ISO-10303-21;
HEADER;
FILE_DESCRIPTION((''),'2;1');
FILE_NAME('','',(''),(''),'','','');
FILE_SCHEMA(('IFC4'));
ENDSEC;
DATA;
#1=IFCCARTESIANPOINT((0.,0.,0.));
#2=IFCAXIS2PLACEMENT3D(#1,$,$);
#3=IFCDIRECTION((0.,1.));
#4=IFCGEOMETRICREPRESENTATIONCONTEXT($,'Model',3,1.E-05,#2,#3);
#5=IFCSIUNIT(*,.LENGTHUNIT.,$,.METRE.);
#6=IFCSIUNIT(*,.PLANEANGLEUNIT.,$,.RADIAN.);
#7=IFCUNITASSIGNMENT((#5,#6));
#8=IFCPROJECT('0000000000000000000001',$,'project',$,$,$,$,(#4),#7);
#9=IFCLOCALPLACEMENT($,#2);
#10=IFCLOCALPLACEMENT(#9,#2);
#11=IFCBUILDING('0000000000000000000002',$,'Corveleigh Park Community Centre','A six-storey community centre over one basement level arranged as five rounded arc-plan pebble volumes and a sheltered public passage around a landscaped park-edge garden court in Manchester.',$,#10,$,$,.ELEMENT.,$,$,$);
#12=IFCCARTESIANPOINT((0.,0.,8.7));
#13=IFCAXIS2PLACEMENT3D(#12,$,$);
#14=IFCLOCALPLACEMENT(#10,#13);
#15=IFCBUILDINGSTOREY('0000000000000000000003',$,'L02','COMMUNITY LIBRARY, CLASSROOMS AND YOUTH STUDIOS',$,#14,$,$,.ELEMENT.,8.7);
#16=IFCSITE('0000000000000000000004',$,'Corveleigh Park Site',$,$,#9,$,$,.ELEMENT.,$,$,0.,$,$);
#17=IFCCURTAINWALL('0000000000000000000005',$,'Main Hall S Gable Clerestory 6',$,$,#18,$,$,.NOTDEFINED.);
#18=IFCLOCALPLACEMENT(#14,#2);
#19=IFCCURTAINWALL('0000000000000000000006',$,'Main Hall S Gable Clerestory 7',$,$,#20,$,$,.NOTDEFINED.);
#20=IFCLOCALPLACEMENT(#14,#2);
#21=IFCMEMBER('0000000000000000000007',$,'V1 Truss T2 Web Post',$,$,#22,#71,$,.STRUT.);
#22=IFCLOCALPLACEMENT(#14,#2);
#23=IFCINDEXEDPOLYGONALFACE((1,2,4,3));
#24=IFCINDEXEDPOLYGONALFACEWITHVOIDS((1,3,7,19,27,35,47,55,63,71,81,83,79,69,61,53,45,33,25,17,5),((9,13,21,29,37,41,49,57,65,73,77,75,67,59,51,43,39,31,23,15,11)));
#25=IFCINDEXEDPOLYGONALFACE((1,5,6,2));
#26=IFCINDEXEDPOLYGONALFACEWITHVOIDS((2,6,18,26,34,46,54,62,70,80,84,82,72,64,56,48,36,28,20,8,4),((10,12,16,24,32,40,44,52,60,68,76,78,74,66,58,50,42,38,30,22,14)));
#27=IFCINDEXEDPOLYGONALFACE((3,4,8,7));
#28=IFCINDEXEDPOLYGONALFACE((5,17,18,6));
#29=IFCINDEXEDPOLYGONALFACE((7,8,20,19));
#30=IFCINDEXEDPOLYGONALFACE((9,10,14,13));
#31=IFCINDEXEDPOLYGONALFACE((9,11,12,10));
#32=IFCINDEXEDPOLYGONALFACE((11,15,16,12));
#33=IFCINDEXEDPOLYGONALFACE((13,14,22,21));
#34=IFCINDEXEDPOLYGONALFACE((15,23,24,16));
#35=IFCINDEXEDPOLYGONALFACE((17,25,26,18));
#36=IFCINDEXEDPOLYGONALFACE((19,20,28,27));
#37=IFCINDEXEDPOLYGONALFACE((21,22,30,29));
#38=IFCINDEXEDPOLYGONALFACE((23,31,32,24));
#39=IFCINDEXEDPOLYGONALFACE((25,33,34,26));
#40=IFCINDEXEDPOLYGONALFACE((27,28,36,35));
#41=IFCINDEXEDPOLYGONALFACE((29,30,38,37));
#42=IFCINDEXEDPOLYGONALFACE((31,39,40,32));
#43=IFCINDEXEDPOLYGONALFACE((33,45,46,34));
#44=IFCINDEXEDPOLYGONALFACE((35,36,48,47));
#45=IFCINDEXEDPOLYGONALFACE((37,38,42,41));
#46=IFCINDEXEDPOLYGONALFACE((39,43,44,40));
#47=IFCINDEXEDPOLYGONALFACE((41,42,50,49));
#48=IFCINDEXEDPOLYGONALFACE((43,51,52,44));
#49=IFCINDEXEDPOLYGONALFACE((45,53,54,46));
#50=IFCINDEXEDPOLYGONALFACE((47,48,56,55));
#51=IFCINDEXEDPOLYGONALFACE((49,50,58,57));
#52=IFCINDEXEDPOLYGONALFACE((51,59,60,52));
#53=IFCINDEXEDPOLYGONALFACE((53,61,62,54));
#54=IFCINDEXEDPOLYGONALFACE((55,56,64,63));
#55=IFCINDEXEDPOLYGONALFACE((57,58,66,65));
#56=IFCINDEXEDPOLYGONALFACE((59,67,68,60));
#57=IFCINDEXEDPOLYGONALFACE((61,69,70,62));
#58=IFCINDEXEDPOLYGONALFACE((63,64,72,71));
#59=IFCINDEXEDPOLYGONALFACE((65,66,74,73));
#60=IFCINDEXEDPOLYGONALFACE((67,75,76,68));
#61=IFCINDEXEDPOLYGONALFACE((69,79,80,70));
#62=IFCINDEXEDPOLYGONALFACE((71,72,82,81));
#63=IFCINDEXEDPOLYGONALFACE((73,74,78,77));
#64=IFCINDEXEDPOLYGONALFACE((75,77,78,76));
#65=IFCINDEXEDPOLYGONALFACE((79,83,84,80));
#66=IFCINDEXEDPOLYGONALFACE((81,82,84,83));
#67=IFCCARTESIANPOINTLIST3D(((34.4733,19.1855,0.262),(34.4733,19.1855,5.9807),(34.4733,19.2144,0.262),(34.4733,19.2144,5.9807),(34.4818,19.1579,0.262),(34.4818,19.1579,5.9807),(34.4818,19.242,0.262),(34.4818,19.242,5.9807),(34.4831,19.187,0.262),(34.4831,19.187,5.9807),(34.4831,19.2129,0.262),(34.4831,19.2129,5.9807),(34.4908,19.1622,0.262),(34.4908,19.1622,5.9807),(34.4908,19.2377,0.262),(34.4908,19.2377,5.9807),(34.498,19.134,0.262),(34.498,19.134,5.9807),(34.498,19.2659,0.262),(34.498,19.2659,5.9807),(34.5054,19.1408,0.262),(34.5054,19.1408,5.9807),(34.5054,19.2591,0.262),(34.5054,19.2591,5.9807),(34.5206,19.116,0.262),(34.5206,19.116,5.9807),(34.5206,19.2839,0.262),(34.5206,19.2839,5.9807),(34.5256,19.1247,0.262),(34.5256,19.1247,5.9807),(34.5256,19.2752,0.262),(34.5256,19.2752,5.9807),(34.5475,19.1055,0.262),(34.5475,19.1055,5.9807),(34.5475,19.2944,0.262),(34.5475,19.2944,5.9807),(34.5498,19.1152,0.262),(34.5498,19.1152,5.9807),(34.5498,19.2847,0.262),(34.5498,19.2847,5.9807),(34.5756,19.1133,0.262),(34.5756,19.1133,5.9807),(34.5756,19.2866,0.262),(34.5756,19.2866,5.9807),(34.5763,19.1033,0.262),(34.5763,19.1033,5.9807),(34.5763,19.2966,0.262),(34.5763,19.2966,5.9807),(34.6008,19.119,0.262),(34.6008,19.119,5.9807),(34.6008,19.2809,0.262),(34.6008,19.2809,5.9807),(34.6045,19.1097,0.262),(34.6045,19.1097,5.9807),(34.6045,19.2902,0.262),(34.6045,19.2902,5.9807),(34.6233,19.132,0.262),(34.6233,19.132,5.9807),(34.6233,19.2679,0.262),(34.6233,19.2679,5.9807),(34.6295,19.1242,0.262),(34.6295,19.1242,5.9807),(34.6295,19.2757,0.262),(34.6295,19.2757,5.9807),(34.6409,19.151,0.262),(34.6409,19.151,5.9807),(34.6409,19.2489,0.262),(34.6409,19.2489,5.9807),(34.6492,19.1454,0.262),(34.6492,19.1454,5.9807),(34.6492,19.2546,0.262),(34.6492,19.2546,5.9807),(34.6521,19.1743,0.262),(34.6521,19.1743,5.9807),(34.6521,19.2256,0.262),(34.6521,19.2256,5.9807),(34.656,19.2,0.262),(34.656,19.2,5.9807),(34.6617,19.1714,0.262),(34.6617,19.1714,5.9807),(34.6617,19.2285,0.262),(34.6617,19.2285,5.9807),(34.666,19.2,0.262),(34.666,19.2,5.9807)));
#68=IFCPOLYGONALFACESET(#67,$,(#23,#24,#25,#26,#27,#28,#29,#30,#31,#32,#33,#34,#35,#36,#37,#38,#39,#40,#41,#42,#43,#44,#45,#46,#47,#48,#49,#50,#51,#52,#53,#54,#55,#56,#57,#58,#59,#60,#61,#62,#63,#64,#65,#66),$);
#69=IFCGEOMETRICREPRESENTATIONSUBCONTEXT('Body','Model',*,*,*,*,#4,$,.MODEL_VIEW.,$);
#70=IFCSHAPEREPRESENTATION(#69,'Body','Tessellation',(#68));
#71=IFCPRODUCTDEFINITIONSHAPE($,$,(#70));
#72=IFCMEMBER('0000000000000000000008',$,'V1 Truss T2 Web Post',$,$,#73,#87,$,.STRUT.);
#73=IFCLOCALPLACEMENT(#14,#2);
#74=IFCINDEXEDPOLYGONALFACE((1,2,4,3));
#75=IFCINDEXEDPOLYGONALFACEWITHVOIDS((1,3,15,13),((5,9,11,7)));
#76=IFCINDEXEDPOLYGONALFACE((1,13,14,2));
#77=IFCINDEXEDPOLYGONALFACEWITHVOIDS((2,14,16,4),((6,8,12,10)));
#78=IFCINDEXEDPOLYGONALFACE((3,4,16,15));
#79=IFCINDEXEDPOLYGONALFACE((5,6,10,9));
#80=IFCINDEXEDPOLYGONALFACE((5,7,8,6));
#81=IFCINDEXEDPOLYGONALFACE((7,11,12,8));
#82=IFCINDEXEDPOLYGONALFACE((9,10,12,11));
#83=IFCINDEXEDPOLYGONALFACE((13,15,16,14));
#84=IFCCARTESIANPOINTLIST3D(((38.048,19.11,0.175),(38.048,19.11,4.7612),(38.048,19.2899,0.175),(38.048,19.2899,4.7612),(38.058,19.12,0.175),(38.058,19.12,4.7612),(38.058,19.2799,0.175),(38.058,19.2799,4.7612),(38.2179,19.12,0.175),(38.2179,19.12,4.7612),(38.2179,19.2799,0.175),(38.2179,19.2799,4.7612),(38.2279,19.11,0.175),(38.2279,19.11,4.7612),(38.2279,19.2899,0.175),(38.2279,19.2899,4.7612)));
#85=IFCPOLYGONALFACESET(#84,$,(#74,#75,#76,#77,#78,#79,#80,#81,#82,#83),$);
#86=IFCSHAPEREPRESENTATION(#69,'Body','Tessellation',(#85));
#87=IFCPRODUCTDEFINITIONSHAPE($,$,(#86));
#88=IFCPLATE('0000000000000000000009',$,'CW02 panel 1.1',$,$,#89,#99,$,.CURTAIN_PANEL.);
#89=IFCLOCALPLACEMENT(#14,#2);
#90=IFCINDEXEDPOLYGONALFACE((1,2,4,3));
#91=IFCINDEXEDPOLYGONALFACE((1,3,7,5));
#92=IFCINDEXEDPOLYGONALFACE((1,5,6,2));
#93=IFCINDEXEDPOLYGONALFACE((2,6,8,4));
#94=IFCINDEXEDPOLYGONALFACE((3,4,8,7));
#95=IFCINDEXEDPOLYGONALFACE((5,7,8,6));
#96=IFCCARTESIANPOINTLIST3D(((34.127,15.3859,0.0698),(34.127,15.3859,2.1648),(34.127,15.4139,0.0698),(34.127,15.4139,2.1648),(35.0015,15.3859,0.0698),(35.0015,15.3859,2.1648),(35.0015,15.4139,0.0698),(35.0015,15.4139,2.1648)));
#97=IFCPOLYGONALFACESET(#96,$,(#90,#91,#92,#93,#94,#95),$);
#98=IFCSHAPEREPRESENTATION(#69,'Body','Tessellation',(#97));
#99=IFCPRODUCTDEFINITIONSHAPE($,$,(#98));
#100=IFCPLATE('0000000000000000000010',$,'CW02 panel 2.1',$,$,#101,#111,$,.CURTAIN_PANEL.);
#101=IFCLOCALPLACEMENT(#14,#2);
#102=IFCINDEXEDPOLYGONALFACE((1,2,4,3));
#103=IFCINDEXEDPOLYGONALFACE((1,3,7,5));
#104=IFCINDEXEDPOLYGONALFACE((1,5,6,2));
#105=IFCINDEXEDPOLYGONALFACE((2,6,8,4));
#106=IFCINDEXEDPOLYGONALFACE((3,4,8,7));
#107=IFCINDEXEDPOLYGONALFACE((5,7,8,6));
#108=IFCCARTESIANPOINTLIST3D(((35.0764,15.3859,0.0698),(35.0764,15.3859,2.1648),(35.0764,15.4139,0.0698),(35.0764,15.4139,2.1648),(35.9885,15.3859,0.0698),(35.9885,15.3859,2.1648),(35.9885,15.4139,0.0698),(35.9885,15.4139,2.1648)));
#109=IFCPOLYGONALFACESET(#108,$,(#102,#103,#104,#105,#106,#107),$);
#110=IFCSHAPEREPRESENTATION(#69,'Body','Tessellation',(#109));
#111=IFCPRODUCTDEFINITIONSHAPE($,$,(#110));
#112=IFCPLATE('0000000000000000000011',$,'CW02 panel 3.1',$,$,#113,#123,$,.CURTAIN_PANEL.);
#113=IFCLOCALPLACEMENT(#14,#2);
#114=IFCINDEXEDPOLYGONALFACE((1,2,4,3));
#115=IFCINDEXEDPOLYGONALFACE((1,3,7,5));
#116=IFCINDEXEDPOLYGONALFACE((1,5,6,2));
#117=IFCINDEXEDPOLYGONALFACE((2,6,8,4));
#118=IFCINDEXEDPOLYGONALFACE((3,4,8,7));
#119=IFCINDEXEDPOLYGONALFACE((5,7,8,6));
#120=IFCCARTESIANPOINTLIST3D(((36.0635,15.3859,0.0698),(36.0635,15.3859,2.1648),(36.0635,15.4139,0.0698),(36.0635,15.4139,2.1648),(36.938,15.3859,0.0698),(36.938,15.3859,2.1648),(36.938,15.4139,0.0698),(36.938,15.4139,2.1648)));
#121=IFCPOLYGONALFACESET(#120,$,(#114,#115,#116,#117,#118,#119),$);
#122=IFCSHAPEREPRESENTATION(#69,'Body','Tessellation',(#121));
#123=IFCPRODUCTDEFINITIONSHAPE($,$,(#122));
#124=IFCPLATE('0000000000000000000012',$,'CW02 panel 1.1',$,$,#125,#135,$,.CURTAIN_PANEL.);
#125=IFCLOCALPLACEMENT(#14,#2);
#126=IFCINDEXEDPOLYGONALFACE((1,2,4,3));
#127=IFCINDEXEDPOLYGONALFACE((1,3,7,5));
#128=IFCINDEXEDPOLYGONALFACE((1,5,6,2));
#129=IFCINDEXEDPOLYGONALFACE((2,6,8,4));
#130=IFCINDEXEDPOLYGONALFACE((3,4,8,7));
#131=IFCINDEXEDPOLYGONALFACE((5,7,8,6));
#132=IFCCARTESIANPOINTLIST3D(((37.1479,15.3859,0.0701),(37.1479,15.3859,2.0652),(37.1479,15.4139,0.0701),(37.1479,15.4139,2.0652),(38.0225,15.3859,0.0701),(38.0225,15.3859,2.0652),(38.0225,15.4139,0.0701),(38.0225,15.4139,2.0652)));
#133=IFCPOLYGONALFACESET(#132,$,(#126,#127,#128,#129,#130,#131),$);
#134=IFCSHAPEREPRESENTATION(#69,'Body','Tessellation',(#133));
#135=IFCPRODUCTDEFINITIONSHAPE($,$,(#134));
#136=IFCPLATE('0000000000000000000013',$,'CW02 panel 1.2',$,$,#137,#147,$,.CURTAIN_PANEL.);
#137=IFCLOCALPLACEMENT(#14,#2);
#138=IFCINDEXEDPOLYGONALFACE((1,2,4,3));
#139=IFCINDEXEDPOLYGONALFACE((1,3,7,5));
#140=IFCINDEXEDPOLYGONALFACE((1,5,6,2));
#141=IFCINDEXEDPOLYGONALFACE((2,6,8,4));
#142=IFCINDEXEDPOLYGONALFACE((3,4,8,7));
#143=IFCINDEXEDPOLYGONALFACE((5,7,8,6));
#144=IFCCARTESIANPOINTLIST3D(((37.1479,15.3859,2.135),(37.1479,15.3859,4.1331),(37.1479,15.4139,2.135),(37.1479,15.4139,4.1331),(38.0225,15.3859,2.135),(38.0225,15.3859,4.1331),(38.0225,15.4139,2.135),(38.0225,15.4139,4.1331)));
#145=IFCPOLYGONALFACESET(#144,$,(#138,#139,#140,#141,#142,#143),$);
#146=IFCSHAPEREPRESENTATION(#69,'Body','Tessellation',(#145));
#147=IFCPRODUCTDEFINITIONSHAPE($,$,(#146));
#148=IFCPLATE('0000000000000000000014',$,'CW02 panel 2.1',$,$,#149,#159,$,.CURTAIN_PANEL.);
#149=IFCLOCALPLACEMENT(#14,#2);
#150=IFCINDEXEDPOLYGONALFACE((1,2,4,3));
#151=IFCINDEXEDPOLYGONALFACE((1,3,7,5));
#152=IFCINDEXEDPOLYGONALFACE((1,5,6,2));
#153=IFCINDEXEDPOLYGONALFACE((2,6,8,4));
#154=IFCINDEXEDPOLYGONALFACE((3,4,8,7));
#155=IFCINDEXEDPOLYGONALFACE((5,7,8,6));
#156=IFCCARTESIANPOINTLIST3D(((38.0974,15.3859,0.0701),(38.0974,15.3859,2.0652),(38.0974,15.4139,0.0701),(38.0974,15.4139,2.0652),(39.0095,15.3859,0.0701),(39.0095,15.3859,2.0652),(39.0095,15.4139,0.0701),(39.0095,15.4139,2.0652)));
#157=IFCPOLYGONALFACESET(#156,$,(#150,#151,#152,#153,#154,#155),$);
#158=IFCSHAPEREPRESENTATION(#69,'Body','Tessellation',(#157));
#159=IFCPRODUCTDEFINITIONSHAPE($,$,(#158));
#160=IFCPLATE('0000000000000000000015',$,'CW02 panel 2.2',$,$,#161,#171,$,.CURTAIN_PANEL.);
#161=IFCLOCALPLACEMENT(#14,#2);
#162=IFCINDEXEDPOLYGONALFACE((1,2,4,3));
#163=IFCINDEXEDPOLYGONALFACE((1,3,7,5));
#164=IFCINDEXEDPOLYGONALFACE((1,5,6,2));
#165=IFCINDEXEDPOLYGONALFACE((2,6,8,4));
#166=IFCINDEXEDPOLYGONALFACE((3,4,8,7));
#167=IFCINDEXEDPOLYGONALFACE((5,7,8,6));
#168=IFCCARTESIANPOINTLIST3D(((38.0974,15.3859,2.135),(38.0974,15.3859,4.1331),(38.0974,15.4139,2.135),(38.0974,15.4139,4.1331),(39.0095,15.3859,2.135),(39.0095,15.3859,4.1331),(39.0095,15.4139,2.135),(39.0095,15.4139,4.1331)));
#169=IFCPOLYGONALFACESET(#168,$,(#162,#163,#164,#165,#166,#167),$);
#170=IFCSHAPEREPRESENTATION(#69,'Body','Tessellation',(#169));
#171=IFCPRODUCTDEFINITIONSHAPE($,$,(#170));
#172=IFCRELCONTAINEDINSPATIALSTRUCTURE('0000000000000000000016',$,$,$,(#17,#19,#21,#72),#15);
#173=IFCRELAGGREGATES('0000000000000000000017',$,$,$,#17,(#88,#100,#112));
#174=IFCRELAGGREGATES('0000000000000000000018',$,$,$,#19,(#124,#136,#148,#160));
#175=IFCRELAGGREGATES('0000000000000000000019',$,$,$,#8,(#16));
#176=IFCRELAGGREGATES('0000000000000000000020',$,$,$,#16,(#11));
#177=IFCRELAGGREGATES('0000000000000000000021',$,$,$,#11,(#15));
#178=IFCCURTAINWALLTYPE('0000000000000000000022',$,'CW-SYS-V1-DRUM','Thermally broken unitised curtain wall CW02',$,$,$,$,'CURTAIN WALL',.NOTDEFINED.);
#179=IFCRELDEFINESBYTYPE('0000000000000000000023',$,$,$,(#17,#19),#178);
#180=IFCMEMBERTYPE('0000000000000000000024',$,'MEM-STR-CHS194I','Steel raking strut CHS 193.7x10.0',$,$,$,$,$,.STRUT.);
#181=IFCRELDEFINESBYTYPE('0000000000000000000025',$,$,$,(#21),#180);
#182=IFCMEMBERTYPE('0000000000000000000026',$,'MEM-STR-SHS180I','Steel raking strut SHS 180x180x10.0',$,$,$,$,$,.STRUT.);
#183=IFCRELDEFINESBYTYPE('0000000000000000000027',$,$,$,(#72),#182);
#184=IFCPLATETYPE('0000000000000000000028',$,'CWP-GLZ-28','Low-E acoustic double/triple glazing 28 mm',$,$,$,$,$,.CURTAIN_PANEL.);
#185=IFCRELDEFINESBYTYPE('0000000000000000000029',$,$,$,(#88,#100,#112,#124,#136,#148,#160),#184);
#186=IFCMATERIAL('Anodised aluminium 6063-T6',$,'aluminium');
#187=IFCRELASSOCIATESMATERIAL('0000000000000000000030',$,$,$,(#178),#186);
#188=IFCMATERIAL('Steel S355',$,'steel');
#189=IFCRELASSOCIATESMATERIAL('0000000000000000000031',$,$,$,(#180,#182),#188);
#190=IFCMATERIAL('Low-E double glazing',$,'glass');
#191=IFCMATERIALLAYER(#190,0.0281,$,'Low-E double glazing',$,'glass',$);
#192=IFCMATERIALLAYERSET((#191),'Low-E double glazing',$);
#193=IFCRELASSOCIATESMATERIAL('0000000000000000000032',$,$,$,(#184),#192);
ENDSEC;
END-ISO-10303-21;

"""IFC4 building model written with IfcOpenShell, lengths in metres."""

from ifc_helpers import new_model, si_unit, direction, frame, origin, origin_2d, place, context, subcontext, project, spatial, rectangle, hollow_rectangle, hollow_circle, extrude, material, layer, layer_set, material_profile, profile_set, type_object, element, aggregate, save


model = new_model("IFC4")

# Units and contexts
model_context = context("Model", 3, precision=1e-05, world=origin(), true_north=direction((0.0, 1.0)))
body_context = subcontext(model_context, "Body", "Model", "MODEL_VIEW")
ifc_project = project(units=[si_unit("LENGTHUNIT", "METRE"), si_unit("PLANEANGLEUNIT", "RADIAN")], contexts=[model_context])

# Site, building, storey
site_placement = place(None, origin())
site = spatial("IfcSite", under=ifc_project, at=site_placement, Name="Corveleigh Park Site", CompositionType="ELEMENT", RefElevation=0.0)
building_placement = place(site_placement, origin())
building = spatial("IfcBuilding", under=site, at=building_placement, Name="Corveleigh Park Community Centre", Description="A six-storey community centre over one basement level arranged as five rounded arc-plan pebble volumes and a sheltered public passage around a landscaped park-edge garden court in Manchester.", CompositionType="ELEMENT")
storey_placement = place(building_placement, frame((0.0, 0.0, 8.7)))
storey = spatial("IfcBuildingStorey", under=building, at=storey_placement, Name="L02", Description="COMMUNITY LIBRARY, CLASSROOMS AND YOUTH STUDIOS", CompositionType="ELEMENT", Elevation=8.7)

# Curtain walls
ifc_material_1 = material(Name="Anodised aluminium 6063-T6", Category="aluminium")
curtain_wall_type = type_object("IfcCurtainWallType", Name="CW-SYS-V1-DRUM", Description="Thermally broken unitised curtain wall CW02", ElementType="CURTAIN WALL", PredefinedType="NOTDEFINED", material=ifc_material_1)
curtain_wall_1_placement = place(storey_placement, origin())
curtain_wall_1 = element("IfcCurtainWall", 1, at=curtain_wall_1_placement, inside=storey, type_object=curtain_wall_type, Name="Main Hall S Gable Clerestory 6", PredefinedType="NOTDEFINED")
curtain_wall_2_placement = place(storey_placement, origin())
curtain_wall_2 = element("IfcCurtainWall", 2, at=curtain_wall_2_placement, inside=storey, type_object=curtain_wall_type, Name="Main Hall S Gable Clerestory 7", PredefinedType="NOTDEFINED")

# Members
ifc_material_2 = material(Name="Steel S355", Category="steel")
ifc_material_profile_1 = material_profile(ifc_material_2, hollow_circle(Radius=0.0969, WallThickness=0.01, at=origin_2d()), Name="CHS 193.7x10.0", Category="steel")
ifc_profile_set_1 = profile_set([ifc_material_profile_1], Name="Steel S355")
member_type_1 = type_object("IfcMemberType", Name="MEM-STR-CHS194I", Description="Steel raking strut CHS 193.7x10.0", PredefinedType="STRUT", material=ifc_profile_set_1)
member_1_placement = place(storey_placement, frame((34.5691, 19.2, 0.262), z_axis=(0.0, 0.0, 1.0), x_axis=(1.0, 0.0, 0.0)))
element("IfcMember", 3, at=member_1_placement, inside=storey, type_object=member_type_1, Name="V1 Truss T2 Web Post", PredefinedType="STRUT", context=body_context, shape_type="SweptSolid", body=[
    extrude(hollow_circle(Radius=0.0969, WallThickness=0.01, at=origin_2d()), origin(), (0.0, 0.0, 1.0), 5.7188),
])
ifc_material_profile_2 = material_profile(ifc_material_2, hollow_rectangle(XDim=0.1799, YDim=0.1799, WallThickness=0.01, at=origin_2d()), Name="SHS 180x180x10.0", Category="steel")
ifc_profile_set_2 = profile_set([ifc_material_profile_2], Name="Steel S355")
member_type_2 = type_object("IfcMemberType", Name="MEM-STR-SHS180I", Description="Steel raking strut SHS 180x180x10.0", PredefinedType="STRUT", material=ifc_profile_set_2)
member_2_placement = place(storey_placement, frame((38.1379, 19.2, 0.175), z_axis=(0.0, 0.0, 1.0), x_axis=(1.0, 0.0, 0.0)))
element("IfcMember", 4, at=member_2_placement, inside=storey, type_object=member_type_2, Name="V1 Truss T2 Web Post", PredefinedType="STRUT", context=body_context, shape_type="SweptSolid", body=[
    extrude(hollow_rectangle(XDim=0.1799, YDim=0.1799, WallThickness=0.01, at=origin_2d()), origin(), (0.0, 0.0, 1.0), 4.5862),
])

# Plates
ifc_material_3 = material(Name="Low-E double glazing", Category="glass")
ifc_layer = layer(ifc_material_3, 0.0281, Name="Low-E double glazing", Category="glass")
ifc_layer_set = layer_set([ifc_layer], Name="Low-E double glazing")
plate_type = type_object("IfcPlateType", Name="CWP-GLZ-28", Description="Low-E acoustic double/triple glazing 28 mm", PredefinedType="CURTAIN_PANEL", material=ifc_layer_set)
plate_1_placement = place(storey_placement, frame((34.5642, 15.3999, 0.0698), z_axis=(0.0, 0.0, 1.0), x_axis=(1.0, 0.0, 0.0)))
plate_1 = element("IfcPlate", 5, at=plate_1_placement, type_object=plate_type, Name="CW02 panel 1.1", PredefinedType="CURTAIN_PANEL", context=body_context, shape_type="SweptSolid", body=[
    extrude(rectangle(XDim=0.8745, YDim=0.0281, at=origin_2d()), origin(), (0.0, 0.0, 1.0), 2.095),
])
plate_2_placement = place(storey_placement, frame((35.5325, 15.3999, 0.0698), z_axis=(0.0, 0.0, 1.0), x_axis=(1.0, 0.0, 0.0)))
plate_2 = element("IfcPlate", 6, at=plate_2_placement, type_object=plate_type, Name="CW02 panel 2.1", PredefinedType="CURTAIN_PANEL", context=body_context, shape_type="SweptSolid", body=[
    extrude(rectangle(XDim=0.9121, YDim=0.0281, at=origin_2d()), origin(), (0.0, 0.0, 1.0), 2.095),
])
plate_3_placement = place(storey_placement, frame((36.5007, 15.3999, 0.0698), z_axis=(0.0, 0.0, 1.0), x_axis=(1.0, 0.0, 0.0)))
plate_3 = element("IfcPlate", 7, at=plate_3_placement, type_object=plate_type, Name="CW02 panel 3.1", PredefinedType="CURTAIN_PANEL", context=body_context, shape_type="SweptSolid", body=[
    extrude(rectangle(XDim=0.8745, YDim=0.0281, at=origin_2d()), origin(), (0.0, 0.0, 1.0), 2.095),
])
aggregate(curtain_wall_1, [plate_1, plate_2, plate_3])
plate_4_placement = place(storey_placement, frame((37.5852, 15.3999, 0.0701), z_axis=(0.0, 0.0, 1.0), x_axis=(1.0, 0.0, 0.0)))
plate_4 = element("IfcPlate", 8, at=plate_4_placement, type_object=plate_type, Name="CW02 panel 1.1", PredefinedType="CURTAIN_PANEL", context=body_context, shape_type="SweptSolid", body=[
    extrude(rectangle(XDim=0.8745, YDim=0.0281, at=origin_2d()), origin(), (0.0, 0.0, 1.0), 1.9951),
])
plate_5_placement = place(storey_placement, frame((37.5852, 15.3999, 2.135), z_axis=(0.0, 0.0, 1.0), x_axis=(1.0, 0.0, 0.0)))
plate_5 = element("IfcPlate", 9, at=plate_5_placement, type_object=plate_type, Name="CW02 panel 1.2", PredefinedType="CURTAIN_PANEL", context=body_context, shape_type="SweptSolid", body=[
    extrude(rectangle(XDim=0.8745, YDim=0.0281, at=origin_2d()), origin(), (0.0, 0.0, 1.0), 1.998),
])
plate_6_placement = place(storey_placement, frame((38.5535, 15.3999, 0.0701), z_axis=(0.0, 0.0, 1.0), x_axis=(1.0, 0.0, 0.0)))
plate_6 = element("IfcPlate", 10, at=plate_6_placement, type_object=plate_type, Name="CW02 panel 2.1", PredefinedType="CURTAIN_PANEL", context=body_context, shape_type="SweptSolid", body=[
    extrude(rectangle(XDim=0.9121, YDim=0.0281, at=origin_2d()), origin(), (0.0, 0.0, 1.0), 1.9951),
])
plate_7_placement = place(storey_placement, frame((38.5535, 15.3999, 2.135), z_axis=(0.0, 0.0, 1.0), x_axis=(1.0, 0.0, 0.0)))
plate_7 = element("IfcPlate", 11, at=plate_7_placement, type_object=plate_type, Name="CW02 panel 2.2", PredefinedType="CURTAIN_PANEL", context=body_context, shape_type="SweptSolid", body=[
    extrude(rectangle(XDim=0.9121, YDim=0.0281, at=origin_2d()), origin(), (0.0, 0.0, 1.0), 1.998),
])
aggregate(curtain_wall_2, [plate_4, plate_5, plate_6, plate_7])

save(model, "model.ifc")
